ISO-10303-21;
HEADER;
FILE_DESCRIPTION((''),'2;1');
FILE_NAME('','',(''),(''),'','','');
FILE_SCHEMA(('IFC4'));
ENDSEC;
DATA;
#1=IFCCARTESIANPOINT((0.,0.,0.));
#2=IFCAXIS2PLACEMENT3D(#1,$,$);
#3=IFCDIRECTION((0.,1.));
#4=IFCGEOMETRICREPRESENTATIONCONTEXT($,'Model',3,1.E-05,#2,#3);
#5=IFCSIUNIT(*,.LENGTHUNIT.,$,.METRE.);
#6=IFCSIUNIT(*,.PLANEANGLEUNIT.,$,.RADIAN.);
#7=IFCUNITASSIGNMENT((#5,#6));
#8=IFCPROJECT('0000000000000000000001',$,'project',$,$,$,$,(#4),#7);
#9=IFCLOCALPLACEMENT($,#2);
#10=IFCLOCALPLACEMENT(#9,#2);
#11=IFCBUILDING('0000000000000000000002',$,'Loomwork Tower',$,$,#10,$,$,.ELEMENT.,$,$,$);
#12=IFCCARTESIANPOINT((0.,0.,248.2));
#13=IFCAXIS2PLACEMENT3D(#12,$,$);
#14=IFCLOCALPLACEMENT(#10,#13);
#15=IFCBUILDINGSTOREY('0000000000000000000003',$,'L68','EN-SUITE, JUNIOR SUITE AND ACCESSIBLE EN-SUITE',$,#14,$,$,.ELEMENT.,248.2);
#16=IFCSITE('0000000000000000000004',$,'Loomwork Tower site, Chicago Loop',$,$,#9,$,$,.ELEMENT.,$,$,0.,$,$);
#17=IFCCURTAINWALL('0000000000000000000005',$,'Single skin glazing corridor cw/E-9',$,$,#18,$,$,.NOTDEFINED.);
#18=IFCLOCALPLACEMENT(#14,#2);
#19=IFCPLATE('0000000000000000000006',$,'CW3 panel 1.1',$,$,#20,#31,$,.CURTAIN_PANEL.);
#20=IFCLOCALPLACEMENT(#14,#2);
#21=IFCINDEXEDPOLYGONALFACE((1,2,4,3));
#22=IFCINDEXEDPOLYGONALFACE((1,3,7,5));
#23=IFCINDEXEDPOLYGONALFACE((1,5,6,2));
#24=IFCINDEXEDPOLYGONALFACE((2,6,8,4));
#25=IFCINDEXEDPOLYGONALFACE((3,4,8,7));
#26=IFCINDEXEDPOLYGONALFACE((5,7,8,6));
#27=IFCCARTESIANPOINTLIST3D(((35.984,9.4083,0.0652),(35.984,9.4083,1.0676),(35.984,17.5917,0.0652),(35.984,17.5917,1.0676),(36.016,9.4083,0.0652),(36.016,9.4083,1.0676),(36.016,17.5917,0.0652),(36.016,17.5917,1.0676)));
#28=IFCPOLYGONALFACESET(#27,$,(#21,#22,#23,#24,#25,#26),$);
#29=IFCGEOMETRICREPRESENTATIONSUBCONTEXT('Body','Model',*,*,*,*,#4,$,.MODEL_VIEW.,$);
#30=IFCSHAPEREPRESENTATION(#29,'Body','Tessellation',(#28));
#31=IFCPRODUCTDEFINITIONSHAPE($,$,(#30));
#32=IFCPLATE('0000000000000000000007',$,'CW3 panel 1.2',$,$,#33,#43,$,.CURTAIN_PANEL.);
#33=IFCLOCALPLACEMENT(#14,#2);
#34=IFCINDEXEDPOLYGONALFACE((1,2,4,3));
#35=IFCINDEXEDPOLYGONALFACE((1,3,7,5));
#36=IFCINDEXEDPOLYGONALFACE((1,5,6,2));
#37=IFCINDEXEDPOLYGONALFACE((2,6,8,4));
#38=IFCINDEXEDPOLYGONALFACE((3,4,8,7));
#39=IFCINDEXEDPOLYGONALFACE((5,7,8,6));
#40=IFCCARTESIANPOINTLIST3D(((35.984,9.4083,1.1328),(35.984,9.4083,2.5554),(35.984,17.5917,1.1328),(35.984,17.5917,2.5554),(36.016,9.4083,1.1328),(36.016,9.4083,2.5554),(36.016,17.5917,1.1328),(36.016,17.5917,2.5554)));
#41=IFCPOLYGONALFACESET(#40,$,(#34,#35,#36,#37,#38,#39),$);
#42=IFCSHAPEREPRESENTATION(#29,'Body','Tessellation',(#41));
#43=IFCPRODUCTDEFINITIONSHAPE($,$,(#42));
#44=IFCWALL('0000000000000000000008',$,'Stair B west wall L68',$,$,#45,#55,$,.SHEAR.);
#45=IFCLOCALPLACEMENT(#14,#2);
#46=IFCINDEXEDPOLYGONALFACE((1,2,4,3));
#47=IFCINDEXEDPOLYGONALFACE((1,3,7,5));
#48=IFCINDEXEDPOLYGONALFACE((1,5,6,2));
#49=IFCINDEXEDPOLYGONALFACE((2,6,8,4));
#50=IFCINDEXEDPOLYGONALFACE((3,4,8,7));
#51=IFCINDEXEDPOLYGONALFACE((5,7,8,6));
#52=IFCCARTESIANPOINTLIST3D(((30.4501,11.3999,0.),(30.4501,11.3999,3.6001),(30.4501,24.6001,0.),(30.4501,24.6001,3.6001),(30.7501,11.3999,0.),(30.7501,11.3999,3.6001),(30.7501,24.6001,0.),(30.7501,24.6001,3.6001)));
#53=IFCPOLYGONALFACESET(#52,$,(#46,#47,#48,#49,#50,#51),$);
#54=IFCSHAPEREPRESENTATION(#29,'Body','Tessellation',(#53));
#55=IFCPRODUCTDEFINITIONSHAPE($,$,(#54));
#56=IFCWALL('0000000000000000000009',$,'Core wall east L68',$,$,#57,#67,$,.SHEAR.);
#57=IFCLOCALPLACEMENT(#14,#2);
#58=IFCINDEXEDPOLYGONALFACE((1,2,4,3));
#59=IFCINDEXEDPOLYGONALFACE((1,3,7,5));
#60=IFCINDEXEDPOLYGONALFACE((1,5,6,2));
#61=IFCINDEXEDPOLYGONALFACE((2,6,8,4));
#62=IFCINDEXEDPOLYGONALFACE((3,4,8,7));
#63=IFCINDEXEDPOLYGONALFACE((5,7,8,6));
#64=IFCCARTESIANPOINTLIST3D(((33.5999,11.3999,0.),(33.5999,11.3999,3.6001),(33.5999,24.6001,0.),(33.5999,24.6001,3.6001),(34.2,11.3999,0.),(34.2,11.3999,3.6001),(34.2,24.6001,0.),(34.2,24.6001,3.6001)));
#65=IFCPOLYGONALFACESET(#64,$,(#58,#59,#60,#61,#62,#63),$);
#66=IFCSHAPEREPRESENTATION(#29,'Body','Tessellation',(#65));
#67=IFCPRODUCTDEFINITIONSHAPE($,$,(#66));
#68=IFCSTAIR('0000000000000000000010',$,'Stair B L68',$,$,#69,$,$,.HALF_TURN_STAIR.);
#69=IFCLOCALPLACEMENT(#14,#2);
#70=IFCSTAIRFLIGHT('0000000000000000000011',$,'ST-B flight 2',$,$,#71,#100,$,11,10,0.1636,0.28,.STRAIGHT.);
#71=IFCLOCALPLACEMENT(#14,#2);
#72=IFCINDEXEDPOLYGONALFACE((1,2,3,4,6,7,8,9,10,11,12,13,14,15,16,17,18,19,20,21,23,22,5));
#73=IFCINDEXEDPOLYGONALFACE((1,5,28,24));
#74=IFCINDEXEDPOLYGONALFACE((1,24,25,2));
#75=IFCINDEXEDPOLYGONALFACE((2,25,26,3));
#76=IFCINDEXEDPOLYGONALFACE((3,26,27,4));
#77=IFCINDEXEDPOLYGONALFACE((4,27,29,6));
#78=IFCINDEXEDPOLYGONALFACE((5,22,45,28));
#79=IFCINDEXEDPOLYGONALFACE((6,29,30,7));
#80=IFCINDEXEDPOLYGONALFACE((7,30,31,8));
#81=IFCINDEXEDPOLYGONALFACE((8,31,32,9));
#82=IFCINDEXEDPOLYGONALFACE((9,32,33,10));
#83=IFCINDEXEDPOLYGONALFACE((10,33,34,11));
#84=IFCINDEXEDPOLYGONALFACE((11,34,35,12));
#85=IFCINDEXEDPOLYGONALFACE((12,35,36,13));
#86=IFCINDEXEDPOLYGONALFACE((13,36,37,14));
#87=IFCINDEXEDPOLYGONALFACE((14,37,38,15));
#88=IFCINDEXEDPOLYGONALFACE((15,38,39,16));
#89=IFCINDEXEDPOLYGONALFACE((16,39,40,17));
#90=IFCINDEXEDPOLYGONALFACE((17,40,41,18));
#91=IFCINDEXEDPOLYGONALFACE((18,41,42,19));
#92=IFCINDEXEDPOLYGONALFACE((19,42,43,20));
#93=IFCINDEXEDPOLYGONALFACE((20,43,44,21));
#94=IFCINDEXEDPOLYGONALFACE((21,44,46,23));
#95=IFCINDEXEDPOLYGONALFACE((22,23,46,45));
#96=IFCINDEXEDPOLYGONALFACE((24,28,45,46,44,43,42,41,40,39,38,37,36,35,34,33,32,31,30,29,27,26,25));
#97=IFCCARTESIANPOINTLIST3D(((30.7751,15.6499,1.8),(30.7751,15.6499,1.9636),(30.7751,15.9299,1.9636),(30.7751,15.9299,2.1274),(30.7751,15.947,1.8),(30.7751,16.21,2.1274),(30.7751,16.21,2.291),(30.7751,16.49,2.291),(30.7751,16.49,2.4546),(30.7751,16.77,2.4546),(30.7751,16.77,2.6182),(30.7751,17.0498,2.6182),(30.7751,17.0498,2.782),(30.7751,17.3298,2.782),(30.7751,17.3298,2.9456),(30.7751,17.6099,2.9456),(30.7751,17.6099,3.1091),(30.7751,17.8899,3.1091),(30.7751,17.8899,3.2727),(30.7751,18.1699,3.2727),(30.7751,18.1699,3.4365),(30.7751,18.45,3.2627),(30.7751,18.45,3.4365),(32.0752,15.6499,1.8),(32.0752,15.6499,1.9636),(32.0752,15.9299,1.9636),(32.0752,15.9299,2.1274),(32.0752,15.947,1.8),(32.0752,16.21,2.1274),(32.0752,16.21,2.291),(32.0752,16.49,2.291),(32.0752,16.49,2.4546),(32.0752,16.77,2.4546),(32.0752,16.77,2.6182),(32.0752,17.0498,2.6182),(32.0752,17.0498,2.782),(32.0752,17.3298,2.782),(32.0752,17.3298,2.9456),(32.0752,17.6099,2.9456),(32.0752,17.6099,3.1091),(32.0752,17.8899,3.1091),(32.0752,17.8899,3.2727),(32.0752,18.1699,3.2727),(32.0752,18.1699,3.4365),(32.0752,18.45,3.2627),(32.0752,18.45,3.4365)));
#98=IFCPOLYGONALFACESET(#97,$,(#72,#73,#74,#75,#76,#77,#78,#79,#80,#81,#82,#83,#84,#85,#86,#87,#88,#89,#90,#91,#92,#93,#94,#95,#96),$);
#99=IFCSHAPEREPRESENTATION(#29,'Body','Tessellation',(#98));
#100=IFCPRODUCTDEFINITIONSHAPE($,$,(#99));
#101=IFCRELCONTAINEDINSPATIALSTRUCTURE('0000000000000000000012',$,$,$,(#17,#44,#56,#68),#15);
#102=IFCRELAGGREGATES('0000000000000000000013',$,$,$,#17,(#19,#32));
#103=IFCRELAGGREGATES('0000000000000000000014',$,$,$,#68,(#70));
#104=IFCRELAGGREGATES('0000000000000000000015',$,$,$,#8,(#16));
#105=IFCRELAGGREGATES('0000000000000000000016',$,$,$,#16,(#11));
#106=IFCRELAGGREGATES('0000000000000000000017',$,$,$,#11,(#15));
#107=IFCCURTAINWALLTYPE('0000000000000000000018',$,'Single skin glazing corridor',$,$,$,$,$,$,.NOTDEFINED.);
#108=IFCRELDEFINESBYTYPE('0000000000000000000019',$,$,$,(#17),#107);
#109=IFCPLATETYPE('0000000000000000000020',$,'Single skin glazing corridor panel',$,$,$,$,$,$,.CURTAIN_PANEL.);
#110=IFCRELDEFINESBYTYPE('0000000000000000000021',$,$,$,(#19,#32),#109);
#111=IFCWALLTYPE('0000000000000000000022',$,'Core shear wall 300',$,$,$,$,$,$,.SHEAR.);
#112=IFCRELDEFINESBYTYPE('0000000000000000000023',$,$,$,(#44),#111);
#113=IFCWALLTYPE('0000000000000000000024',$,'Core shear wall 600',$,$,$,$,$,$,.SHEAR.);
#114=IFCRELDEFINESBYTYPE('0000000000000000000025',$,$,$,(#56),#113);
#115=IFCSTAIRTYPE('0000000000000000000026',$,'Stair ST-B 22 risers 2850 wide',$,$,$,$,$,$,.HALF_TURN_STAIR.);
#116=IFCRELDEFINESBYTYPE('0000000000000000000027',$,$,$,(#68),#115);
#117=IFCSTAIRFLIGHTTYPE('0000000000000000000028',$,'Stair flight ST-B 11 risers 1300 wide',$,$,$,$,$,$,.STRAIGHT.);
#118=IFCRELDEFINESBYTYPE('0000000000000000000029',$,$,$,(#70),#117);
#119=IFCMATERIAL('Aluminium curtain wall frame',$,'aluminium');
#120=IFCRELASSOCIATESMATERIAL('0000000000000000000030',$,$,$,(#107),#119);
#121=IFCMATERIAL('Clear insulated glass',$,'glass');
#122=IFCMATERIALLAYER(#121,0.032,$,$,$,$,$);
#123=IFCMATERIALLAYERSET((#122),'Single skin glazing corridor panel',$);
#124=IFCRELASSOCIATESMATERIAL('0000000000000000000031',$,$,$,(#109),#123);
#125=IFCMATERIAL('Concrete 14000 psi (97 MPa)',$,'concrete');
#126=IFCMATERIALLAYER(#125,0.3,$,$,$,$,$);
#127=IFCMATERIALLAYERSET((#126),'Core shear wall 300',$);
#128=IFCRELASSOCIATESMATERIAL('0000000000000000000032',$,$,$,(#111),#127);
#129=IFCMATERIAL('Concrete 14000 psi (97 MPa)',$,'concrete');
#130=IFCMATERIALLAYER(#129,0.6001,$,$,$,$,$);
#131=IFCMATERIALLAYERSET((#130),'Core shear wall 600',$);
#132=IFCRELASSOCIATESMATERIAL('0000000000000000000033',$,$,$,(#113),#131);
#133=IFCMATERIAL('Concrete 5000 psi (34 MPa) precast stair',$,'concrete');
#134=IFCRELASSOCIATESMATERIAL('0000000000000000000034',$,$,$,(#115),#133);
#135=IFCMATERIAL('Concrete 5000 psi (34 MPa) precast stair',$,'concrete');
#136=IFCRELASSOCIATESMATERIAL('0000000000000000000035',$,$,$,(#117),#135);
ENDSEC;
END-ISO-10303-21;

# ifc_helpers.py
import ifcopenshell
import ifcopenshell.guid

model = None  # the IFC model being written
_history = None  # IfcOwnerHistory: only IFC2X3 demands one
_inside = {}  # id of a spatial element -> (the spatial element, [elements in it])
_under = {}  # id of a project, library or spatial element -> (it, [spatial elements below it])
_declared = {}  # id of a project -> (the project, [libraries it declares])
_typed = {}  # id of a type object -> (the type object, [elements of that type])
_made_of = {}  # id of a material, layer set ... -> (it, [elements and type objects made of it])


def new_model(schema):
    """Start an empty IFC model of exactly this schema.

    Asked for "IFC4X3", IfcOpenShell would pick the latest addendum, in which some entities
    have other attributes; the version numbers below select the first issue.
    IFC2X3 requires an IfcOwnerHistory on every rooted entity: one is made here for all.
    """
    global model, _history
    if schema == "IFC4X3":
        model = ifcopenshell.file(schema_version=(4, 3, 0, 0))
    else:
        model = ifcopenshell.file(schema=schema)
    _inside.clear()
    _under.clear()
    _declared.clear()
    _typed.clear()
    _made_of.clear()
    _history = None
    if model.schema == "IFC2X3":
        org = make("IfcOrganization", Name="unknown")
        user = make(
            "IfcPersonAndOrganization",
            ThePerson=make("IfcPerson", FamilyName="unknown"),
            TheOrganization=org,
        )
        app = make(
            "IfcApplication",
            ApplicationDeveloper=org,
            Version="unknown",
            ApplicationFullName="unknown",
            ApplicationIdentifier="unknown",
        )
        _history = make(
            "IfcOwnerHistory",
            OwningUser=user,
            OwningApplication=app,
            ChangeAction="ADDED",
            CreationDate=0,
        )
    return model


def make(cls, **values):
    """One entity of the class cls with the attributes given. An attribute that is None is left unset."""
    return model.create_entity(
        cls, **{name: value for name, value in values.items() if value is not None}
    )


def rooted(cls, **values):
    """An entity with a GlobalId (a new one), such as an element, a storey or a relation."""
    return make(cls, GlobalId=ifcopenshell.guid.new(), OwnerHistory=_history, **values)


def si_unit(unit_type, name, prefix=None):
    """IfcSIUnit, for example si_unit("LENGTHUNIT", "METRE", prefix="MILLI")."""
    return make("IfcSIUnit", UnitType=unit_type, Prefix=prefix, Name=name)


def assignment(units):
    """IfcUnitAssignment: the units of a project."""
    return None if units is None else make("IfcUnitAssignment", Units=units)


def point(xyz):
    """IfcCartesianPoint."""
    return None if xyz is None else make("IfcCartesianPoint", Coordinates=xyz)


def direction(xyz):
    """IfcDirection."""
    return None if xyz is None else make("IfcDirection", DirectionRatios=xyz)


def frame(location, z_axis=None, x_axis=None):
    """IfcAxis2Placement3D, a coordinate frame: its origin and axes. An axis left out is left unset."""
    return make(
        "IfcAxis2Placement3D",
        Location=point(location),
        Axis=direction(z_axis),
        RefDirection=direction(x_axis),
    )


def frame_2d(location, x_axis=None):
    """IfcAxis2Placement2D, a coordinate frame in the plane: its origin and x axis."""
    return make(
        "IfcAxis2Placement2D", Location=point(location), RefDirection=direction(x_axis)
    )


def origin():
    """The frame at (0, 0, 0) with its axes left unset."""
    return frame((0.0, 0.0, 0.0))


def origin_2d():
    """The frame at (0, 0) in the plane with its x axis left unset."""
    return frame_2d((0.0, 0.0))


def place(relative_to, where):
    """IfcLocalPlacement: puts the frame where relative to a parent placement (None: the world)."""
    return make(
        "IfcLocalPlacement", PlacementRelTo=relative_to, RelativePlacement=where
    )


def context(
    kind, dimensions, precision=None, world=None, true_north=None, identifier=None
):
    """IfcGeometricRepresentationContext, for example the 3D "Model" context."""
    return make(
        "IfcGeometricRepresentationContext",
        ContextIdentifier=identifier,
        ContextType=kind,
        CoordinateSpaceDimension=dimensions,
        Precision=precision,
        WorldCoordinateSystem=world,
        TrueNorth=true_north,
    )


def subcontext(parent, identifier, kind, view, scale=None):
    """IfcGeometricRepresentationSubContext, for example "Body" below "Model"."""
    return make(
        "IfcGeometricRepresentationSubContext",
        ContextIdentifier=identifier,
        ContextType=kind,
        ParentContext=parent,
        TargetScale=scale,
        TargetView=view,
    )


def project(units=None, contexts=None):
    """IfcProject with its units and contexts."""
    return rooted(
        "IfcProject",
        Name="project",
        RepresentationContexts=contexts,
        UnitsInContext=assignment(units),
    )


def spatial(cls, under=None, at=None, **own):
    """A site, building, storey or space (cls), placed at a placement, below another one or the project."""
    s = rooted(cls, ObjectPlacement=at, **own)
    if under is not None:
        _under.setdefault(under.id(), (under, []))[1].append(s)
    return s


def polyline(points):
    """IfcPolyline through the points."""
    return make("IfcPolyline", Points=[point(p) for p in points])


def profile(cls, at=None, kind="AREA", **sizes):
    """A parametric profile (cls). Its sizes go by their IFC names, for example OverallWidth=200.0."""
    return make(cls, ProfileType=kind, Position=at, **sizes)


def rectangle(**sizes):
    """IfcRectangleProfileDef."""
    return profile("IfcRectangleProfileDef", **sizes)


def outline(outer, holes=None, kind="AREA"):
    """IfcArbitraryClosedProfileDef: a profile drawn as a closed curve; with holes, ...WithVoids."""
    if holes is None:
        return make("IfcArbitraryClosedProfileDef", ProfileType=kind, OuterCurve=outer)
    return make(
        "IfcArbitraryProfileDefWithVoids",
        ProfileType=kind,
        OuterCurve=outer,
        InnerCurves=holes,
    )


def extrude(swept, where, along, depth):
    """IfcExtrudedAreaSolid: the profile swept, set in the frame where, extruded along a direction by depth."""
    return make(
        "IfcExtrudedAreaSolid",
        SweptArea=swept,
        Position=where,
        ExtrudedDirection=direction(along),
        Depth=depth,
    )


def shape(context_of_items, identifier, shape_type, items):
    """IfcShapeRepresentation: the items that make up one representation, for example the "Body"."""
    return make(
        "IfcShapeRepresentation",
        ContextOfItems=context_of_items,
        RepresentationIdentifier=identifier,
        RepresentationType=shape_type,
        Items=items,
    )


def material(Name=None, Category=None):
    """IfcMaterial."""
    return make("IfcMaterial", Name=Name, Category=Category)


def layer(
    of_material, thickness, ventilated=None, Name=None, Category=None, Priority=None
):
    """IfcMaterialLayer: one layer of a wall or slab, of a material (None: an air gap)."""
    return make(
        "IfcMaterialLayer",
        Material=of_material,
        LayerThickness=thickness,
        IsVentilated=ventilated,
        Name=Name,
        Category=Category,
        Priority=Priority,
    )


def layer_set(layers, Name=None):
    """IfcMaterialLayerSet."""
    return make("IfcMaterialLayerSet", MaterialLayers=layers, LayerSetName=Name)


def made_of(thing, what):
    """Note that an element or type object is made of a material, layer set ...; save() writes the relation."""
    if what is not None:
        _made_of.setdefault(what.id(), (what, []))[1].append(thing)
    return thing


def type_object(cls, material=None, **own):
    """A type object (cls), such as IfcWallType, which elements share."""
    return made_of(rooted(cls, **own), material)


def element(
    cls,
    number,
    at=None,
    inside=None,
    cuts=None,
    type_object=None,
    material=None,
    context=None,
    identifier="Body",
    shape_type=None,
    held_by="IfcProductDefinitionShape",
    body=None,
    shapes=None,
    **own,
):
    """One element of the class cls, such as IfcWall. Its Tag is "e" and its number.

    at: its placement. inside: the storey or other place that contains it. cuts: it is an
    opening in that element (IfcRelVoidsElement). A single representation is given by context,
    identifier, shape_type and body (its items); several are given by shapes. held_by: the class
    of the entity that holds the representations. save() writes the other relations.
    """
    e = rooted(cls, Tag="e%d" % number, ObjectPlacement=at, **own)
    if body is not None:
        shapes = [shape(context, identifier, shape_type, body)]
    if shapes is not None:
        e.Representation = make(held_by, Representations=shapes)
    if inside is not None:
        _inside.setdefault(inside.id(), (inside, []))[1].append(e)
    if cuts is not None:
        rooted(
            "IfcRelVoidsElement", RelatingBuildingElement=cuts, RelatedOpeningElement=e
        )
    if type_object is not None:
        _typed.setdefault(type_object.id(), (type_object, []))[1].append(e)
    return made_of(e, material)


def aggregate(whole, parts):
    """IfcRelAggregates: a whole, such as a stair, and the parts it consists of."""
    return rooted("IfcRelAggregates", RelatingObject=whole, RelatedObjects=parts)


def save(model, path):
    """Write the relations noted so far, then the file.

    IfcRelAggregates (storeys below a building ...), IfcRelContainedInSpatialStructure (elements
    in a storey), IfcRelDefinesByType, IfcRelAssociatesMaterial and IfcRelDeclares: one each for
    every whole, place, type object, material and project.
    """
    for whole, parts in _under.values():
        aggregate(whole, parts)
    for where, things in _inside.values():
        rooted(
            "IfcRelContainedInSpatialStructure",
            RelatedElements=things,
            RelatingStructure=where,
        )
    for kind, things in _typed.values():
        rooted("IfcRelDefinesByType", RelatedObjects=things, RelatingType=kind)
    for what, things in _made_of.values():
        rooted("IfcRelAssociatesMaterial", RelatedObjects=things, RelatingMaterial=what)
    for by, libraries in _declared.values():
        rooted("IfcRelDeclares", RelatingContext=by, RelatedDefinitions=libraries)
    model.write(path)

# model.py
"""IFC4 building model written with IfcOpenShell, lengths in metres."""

from ifc_helpers import new_model, si_unit, direction, frame, frame_2d, origin, origin_2d, place, context, subcontext, project, spatial, polyline, rectangle, outline, extrude, material, layer, layer_set, type_object, element, aggregate, save


model = new_model("IFC4")

# Units and contexts
model_context = context("Model", 3, precision=1e-05, world=origin(), true_north=direction((0.0, 1.0)))
body_context = subcontext(model_context, "Body", "Model", "MODEL_VIEW")
ifc_project = project(units=[si_unit("LENGTHUNIT", "METRE"), si_unit("PLANEANGLEUNIT", "RADIAN")], contexts=[model_context])

# Site, building, storey
site_placement = place(None, origin())
site = spatial("IfcSite", under=ifc_project, at=site_placement, Name="Loomwork Tower site, Chicago Loop", CompositionType="ELEMENT", RefElevation=0.0)
building_placement = place(site_placement, origin())
building = spatial("IfcBuilding", under=site, at=building_placement, Name="Loomwork Tower", CompositionType="ELEMENT")
storey_placement = place(building_placement, frame((0.0, 0.0, 248.2)))
storey = spatial("IfcBuildingStorey", under=building, at=storey_placement, Name="L68", Description="EN-SUITE, JUNIOR SUITE AND ACCESSIBLE EN-SUITE", CompositionType="ELEMENT", Elevation=248.2)

# Curtain wall
ifc_material_1 = material(Name="Aluminium curtain wall frame", Category="aluminium")
curtain_wall_type = type_object("IfcCurtainWallType", Name="Single skin glazing corridor", PredefinedType="NOTDEFINED", material=ifc_material_1)
curtain_wall_1_placement = place(storey_placement, origin())
curtain_wall_1 = element("IfcCurtainWall", 1, at=curtain_wall_1_placement, inside=storey, type_object=curtain_wall_type, Name="Single skin glazing corridor cw/E-9", PredefinedType="NOTDEFINED")

# Plates
ifc_material_2 = material(Name="Clear insulated glass", Category="glass")
ifc_layer_1 = layer(ifc_material_2, 0.032)
ifc_layer_set_1 = layer_set([ifc_layer_1], Name="Single skin glazing corridor panel")
plate_type = type_object("IfcPlateType", Name="Single skin glazing corridor panel", PredefinedType="CURTAIN_PANEL", material=ifc_layer_set_1)
plate_1_placement = place(storey_placement, frame((36.0, 13.5, 0.0652), z_axis=(0.0, 0.0, 1.0), x_axis=(0.0, 1.0, 0.0)))
plate_1 = element("IfcPlate", 2, at=plate_1_placement, type_object=plate_type, Name="CW3 panel 1.1", PredefinedType="CURTAIN_PANEL", context=body_context, shape_type="SweptSolid", body=[
    extrude(rectangle(XDim=8.1833, YDim=0.032, at=origin_2d()), origin(), (0.0, 0.0, 1.0), 1.0024),
])
plate_2_placement = place(storey_placement, frame((36.0, 13.5, 1.1328), z_axis=(0.0, 0.0, 1.0), x_axis=(0.0, 1.0, 0.0)))
plate_2 = element("IfcPlate", 3, at=plate_2_placement, type_object=plate_type, Name="CW3 panel 1.2", PredefinedType="CURTAIN_PANEL", context=body_context, shape_type="SweptSolid", body=[
    extrude(rectangle(XDim=8.1833, YDim=0.032, at=origin_2d()), origin(), (0.0, 0.0, 1.0), 1.4226),
])
aggregate(curtain_wall_1, [plate_1, plate_2])

# Walls
ifc_material_3 = material(Name="Concrete 14000 psi (97 MPa)", Category="concrete")
ifc_layer_2 = layer(ifc_material_3, 0.3)
ifc_layer_set_2 = layer_set([ifc_layer_2], Name="Core shear wall 300")
wall_type_1 = type_object("IfcWallType", Name="Core shear wall 300", PredefinedType="SHEAR", material=ifc_layer_set_2)
wall_1_placement = place(storey_placement, frame((30.6001, 11.3999, 0.0), z_axis=(0.0, 0.0, 1.0), x_axis=(0.0, 1.0, 0.0)))
element("IfcWall", 4, at=wall_1_placement, inside=storey, type_object=wall_type_1, Name="Stair B west wall L68", PredefinedType="SHEAR", context=body_context, shape_type="SweptSolid", body=[
    extrude(rectangle(XDim=13.2002, YDim=0.3, at=frame_2d((6.6001, 0.0))), origin(), (0.0, 0.0, 1.0), 3.6001),
])
ifc_material_4 = material(Name="Concrete 14000 psi (97 MPa)", Category="concrete")
ifc_layer_3 = layer(ifc_material_4, 0.6001)
ifc_layer_set_3 = layer_set([ifc_layer_3], Name="Core shear wall 600")
wall_type_2 = type_object("IfcWallType", Name="Core shear wall 600", PredefinedType="SHEAR", material=ifc_layer_set_3)
wall_2_placement = place(storey_placement, frame((33.8999, 11.3999, 0.0), z_axis=(0.0, 0.0, 1.0), x_axis=(0.0, 1.0, 0.0)))
element("IfcWall", 5, at=wall_2_placement, inside=storey, type_object=wall_type_2, Name="Core wall east L68", PredefinedType="SHEAR", context=body_context, shape_type="SweptSolid", body=[
    extrude(rectangle(XDim=13.2002, YDim=0.6001, at=frame_2d((6.6001, 0.0))), origin(), (0.0, 0.0, 1.0), 3.6001),
])

# Stair, stair flight
ifc_material_5 = material(Name="Concrete 5000 psi (34 MPa) precast stair", Category="concrete")
stair_type = type_object("IfcStairType", Name="Stair ST-B 22 risers 2850 wide", PredefinedType="HALF_TURN_STAIR", material=ifc_material_5)
stair_placement = place(storey_placement, origin())
stair = element("IfcStair", 6, at=stair_placement, inside=storey, type_object=stair_type, Name="Stair B L68", PredefinedType="HALF_TURN_STAIR")
ifc_material_6 = material(Name="Concrete 5000 psi (34 MPa) precast stair", Category="concrete")
stair_flight_type = type_object("IfcStairFlightType", Name="Stair flight ST-B 11 risers 1300 wide", PredefinedType="STRAIGHT", material=ifc_material_6)
stair_flight_placement = place(storey_placement, frame((31.425, 15.6499, 1.8), z_axis=(0.0, 0.0, 1.0), x_axis=(0.0, 1.0, 0.0)))
stair_flight = element("IfcStairFlight", 7, at=stair_flight_placement, type_object=stair_flight_type, Name="ST-B flight 2", NumberOfRisers=11, NumberOfTreads=10, PredefinedType="STRAIGHT", RiserHeight=0.1636, TreadLength=0.28, context=body_context, shape_type="SweptSolid", body=[
    extrude(outline(polyline([(0.0, 0.0), (0.0, 0.1636), (0.28, 0.1636), (0.28, 0.3274), (0.5601, 0.3274), (0.5601, 0.491), (0.8401, 0.491), (0.8401, 0.6545), (1.1201, 0.6545), (1.1201, 0.8181), (1.3999, 0.8181), (1.3999, 0.9819), (1.6799, 0.9819), (1.6799, 1.1455), (1.96, 1.1455), (1.96, 1.3091), (2.24, 1.3091), (2.24, 1.4727), (2.52, 1.4727), (2.52, 1.6365), (2.8, 1.6365), (2.8, 1.8), (2.8, 1.4626), (0.2971, 0.0), (0.0, 0.0)])), frame((0.0, 0.6499, 0.0), z_axis=(0.0, -1.0, 0.0), x_axis=(1.0, 0.0, 0.0)), (0.0, 0.0, 1.0), 1.3),
])
aggregate(stair, [stair_flight])

save(model, "model.ifc")
